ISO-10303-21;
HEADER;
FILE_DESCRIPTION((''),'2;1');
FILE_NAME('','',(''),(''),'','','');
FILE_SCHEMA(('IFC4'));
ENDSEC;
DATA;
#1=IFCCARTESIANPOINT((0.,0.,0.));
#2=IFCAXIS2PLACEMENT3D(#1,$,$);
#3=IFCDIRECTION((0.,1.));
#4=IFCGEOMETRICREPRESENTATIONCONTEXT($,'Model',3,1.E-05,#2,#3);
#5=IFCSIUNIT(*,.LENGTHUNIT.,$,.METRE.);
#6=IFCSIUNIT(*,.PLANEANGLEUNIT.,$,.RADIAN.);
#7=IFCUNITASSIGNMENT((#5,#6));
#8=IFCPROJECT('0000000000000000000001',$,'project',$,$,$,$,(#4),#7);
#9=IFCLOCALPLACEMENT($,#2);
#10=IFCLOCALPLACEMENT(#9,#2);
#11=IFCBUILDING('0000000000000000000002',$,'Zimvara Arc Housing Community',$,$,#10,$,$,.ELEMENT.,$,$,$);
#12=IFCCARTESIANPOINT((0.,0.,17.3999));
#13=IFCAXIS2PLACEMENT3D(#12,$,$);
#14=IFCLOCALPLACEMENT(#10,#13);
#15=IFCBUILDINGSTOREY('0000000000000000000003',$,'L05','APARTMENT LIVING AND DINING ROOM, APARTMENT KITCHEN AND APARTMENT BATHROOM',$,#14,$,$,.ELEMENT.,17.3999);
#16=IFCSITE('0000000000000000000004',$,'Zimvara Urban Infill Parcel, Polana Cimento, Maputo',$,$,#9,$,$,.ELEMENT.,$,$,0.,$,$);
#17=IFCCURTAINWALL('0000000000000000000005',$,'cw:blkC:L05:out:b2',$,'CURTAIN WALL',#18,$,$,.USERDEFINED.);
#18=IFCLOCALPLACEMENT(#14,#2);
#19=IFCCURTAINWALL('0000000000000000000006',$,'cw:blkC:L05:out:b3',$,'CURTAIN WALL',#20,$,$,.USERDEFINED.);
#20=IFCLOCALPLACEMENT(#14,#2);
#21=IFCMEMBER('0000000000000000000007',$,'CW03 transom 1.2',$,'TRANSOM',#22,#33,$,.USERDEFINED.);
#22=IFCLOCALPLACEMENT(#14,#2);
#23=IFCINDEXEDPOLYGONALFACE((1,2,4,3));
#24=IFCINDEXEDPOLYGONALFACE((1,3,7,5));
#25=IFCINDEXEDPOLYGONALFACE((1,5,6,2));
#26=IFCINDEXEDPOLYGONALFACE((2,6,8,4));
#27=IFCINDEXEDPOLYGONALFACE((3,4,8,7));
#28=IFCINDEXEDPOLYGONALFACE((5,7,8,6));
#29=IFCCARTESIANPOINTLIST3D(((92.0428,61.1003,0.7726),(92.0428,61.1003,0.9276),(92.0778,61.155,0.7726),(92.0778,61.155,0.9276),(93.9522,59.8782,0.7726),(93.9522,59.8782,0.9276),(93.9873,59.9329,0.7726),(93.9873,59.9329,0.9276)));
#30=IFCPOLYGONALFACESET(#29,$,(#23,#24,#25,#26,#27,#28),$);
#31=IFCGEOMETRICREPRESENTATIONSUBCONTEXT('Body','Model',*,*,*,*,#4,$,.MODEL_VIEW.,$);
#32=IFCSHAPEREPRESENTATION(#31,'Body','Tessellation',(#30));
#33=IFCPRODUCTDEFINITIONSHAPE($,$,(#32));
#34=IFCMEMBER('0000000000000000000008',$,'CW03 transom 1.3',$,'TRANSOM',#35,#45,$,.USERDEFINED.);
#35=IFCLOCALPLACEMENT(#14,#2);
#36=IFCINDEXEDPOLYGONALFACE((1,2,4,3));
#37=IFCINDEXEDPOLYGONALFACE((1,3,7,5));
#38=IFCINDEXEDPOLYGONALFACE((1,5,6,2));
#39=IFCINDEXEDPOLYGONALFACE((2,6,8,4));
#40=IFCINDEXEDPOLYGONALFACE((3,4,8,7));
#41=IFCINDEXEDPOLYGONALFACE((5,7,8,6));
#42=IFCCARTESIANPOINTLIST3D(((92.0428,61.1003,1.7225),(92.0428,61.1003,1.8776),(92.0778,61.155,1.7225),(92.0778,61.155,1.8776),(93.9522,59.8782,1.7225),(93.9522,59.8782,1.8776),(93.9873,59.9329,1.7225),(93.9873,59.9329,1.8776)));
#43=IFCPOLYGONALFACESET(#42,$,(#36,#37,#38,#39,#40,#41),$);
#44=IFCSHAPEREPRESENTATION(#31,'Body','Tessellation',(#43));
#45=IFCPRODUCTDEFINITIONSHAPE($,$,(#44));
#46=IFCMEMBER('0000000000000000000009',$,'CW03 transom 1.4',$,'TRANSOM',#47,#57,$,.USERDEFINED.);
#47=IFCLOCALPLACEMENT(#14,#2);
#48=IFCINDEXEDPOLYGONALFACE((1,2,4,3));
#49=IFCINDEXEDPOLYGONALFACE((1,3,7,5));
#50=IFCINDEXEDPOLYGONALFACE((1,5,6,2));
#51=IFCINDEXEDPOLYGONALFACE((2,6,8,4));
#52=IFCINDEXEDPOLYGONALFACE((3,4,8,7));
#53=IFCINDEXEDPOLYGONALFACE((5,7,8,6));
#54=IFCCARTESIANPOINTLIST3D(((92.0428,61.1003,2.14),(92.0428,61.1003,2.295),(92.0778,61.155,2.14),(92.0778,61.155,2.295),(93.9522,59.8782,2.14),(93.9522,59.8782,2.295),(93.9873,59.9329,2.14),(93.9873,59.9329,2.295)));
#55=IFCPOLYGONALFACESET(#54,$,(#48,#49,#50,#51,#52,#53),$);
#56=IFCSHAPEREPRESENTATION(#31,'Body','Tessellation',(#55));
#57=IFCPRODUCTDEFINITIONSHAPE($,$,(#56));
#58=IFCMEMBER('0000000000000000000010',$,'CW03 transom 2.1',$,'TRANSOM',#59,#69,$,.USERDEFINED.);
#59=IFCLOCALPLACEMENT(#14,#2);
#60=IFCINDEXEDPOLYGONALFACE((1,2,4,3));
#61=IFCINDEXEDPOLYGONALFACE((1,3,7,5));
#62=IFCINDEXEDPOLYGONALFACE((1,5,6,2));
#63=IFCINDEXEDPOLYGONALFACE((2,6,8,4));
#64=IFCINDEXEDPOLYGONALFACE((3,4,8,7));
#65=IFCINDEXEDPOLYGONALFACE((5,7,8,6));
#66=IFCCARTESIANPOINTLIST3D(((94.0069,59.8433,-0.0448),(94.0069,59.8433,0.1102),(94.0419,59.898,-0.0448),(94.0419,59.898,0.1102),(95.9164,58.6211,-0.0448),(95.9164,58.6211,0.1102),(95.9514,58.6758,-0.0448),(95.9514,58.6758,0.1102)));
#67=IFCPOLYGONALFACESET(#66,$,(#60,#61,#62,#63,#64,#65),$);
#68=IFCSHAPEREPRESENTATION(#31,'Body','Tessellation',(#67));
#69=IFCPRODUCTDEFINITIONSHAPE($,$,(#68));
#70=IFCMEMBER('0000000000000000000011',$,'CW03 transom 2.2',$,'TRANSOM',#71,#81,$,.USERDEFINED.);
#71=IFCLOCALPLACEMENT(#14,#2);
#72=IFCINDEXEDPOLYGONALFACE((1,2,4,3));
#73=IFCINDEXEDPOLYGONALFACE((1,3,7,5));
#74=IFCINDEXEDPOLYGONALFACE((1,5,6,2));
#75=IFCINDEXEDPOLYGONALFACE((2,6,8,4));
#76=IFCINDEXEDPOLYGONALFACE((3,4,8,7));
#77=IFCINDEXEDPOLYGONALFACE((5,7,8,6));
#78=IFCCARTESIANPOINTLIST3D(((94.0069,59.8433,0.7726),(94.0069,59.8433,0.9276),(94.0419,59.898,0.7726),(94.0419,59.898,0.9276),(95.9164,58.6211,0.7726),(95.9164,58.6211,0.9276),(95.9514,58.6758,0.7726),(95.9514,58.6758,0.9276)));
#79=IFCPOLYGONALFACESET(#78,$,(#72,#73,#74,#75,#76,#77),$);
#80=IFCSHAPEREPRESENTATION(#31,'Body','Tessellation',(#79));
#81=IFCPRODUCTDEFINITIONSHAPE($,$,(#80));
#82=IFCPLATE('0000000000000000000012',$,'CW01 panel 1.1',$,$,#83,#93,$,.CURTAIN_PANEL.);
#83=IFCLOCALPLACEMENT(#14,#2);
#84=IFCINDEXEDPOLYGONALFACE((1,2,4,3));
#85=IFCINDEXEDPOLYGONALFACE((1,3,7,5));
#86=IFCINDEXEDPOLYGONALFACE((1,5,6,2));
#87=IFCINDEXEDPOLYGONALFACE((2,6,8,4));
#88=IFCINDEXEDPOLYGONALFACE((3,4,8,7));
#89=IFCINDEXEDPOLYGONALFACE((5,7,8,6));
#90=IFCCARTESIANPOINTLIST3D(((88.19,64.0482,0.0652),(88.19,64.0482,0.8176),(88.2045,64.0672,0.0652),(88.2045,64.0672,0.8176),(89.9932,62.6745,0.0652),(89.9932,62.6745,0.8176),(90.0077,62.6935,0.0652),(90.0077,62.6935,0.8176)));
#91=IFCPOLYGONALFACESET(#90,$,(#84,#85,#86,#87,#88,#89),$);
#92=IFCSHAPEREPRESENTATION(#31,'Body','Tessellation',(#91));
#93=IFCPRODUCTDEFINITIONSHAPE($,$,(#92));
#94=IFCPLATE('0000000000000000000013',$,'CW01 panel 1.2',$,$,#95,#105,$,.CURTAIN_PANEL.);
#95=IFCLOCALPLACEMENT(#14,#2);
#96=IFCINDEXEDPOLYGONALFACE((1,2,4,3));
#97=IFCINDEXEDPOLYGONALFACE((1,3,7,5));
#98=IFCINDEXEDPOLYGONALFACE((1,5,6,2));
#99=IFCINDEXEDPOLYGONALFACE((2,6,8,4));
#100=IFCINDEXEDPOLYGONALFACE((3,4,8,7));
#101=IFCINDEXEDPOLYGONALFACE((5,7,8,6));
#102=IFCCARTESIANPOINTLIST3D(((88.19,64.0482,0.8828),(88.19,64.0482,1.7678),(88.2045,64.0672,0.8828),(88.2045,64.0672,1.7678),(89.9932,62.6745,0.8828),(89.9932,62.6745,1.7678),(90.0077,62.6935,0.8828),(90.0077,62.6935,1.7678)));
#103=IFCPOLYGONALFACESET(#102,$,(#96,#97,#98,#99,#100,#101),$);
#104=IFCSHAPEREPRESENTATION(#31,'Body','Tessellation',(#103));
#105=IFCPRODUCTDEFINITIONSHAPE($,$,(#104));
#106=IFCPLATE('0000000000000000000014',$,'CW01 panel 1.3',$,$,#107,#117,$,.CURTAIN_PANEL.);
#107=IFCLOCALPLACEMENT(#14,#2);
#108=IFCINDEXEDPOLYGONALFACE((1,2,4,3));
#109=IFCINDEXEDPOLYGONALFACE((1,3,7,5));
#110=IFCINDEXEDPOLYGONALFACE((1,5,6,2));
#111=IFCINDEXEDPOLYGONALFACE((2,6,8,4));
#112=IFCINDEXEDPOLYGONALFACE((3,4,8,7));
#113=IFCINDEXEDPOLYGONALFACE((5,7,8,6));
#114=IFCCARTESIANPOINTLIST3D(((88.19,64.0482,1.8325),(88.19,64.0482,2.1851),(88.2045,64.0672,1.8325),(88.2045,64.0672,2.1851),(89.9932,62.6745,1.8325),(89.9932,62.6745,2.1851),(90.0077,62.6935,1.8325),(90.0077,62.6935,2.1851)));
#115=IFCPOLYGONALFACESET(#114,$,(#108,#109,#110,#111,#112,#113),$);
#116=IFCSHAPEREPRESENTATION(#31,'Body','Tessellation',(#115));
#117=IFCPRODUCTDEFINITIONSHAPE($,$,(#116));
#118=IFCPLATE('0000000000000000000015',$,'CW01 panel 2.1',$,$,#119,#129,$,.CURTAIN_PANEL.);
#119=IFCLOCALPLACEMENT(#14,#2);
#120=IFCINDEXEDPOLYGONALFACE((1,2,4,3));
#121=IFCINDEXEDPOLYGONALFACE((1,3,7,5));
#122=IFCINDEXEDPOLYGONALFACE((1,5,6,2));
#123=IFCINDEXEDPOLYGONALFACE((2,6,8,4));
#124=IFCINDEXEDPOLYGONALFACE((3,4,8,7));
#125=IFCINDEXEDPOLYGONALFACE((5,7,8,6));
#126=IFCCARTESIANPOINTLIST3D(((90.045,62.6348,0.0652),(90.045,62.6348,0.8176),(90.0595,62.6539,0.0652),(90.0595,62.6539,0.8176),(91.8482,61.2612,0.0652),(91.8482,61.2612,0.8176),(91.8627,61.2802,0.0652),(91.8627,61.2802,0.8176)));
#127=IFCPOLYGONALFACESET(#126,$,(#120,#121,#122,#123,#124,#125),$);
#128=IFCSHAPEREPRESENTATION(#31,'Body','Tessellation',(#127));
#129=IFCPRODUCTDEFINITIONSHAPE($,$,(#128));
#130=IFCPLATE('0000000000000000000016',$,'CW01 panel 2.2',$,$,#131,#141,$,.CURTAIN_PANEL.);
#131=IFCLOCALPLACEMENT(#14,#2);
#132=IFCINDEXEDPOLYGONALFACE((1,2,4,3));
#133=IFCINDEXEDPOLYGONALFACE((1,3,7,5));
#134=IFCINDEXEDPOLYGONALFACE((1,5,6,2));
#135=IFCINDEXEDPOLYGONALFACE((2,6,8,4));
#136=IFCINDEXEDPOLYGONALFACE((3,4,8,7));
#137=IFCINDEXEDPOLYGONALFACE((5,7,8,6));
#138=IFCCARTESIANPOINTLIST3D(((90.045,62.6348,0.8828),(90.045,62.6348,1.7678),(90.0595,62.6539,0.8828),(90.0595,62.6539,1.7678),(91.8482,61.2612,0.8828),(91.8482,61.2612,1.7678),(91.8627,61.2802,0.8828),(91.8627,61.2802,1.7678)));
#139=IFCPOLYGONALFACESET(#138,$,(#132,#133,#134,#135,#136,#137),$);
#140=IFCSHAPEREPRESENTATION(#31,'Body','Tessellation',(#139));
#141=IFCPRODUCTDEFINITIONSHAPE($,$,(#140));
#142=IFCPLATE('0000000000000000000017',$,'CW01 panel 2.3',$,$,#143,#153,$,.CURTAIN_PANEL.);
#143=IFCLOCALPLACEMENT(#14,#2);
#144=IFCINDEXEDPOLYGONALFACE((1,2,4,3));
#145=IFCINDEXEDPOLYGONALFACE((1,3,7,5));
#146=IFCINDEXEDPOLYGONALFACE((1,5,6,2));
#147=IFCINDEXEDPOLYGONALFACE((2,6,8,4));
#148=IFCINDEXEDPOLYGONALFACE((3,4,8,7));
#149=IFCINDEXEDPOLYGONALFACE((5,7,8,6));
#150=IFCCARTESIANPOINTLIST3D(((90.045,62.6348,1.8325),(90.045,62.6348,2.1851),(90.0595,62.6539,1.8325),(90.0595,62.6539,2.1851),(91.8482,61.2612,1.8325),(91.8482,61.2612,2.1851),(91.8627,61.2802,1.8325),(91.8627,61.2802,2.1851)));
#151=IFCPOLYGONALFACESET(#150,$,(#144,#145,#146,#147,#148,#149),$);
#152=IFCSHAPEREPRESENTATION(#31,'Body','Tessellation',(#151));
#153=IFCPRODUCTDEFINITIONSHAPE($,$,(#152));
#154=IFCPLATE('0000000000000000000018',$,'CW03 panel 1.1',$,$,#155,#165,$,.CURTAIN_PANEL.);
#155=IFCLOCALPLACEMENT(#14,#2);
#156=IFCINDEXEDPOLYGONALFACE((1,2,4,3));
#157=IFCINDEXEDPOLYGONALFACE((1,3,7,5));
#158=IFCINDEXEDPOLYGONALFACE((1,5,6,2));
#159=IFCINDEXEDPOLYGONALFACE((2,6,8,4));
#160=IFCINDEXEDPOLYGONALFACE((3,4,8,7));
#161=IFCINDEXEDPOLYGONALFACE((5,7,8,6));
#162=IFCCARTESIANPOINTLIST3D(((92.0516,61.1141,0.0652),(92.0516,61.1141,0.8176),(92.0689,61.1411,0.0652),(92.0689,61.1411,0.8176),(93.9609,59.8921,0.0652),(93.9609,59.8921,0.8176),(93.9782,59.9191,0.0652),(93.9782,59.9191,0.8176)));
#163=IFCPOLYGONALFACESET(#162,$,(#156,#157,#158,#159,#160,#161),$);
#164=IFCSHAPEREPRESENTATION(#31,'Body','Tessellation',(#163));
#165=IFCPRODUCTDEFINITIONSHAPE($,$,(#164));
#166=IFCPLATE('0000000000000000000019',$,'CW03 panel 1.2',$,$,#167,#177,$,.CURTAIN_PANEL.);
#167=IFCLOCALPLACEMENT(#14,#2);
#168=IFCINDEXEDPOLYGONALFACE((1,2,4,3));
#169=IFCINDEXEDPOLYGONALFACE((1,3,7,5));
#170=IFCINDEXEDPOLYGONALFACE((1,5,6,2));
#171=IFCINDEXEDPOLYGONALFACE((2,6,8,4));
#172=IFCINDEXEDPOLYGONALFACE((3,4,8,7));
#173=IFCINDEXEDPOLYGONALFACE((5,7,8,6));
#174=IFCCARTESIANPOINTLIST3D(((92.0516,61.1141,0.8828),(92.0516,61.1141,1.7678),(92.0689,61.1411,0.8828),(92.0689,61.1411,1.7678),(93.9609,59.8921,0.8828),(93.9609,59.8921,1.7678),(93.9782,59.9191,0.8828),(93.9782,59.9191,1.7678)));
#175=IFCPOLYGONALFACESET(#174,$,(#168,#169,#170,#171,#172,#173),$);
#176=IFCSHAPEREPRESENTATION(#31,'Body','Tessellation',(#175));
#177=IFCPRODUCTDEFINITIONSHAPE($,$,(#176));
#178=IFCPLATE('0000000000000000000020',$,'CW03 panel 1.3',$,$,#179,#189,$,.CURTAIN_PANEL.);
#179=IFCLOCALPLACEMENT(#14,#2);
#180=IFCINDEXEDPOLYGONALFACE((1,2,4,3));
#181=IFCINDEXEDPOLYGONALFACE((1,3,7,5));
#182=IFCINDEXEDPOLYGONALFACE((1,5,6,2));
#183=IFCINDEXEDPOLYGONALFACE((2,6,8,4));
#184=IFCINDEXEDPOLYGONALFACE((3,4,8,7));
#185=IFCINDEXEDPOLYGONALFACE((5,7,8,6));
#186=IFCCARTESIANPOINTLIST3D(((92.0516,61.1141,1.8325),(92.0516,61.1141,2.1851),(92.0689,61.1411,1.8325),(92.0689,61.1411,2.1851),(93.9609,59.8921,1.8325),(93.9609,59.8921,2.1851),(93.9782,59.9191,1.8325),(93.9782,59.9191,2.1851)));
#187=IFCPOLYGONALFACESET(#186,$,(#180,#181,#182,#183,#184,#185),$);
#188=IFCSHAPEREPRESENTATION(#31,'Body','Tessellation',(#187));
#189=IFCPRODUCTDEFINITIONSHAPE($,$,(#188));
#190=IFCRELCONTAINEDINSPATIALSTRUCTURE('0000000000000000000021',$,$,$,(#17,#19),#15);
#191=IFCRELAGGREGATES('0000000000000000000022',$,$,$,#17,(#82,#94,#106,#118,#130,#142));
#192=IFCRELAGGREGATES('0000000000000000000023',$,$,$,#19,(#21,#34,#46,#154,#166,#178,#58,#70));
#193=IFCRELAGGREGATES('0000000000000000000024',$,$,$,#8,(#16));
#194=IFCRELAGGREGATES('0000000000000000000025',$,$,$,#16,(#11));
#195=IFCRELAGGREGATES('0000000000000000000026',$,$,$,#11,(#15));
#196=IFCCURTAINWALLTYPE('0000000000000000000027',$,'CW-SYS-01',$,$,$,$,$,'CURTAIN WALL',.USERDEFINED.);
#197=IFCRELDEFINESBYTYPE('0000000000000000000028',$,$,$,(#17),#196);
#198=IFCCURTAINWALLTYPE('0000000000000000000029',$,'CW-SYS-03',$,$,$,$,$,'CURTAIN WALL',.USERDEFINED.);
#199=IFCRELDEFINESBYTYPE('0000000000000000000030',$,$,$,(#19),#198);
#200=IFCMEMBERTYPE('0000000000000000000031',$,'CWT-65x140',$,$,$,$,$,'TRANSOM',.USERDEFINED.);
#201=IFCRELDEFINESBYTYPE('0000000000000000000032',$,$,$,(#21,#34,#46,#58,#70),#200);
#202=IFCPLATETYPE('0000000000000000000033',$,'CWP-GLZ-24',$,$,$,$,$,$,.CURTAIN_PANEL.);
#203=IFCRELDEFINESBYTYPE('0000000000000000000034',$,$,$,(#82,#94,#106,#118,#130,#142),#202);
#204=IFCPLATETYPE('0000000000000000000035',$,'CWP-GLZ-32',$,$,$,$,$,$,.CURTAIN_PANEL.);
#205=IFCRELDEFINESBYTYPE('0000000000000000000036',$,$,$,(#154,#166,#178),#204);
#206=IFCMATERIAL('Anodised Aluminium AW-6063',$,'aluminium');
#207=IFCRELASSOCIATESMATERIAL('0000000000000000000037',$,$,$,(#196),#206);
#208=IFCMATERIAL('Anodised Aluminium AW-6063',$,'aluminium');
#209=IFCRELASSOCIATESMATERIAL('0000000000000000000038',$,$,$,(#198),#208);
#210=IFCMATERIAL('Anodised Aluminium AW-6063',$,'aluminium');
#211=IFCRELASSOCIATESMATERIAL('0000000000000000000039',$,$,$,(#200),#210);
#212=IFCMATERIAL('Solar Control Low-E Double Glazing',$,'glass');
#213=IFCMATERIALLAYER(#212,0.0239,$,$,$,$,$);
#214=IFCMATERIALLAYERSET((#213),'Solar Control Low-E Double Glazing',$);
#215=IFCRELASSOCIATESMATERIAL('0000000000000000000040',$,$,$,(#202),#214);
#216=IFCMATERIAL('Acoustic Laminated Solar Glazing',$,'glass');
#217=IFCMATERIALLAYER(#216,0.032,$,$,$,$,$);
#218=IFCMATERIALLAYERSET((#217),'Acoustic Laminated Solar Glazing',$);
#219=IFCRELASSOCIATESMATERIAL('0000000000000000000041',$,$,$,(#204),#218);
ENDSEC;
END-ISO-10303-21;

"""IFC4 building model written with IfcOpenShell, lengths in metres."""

from ifc_helpers import new_model, si_unit, direction, frame, origin, origin_2d, place, context, subcontext, project, spatial, rectangle, extrude, material, layer, layer_set, material_profile, profile_set, type_object, element, aggregate, save


model = new_model("IFC4")

# Units and contexts
model_context = context("Model", 3, precision=1e-05, world=origin(), true_north=direction((0.0, 1.0)))
body_context = subcontext(model_context, "Body", "Model", "MODEL_VIEW")
ifc_project = project(units=[si_unit("LENGTHUNIT", "METRE"), si_unit("PLANEANGLEUNIT", "RADIAN")], contexts=[model_context])

# Site, building, storey
site_placement = place(None, origin())
site = spatial("IfcSite", under=ifc_project, at=site_placement, Name="Zimvara Urban Infill Parcel, Polana Cimento, Maputo", CompositionType="ELEMENT", RefElevation=0.0)
building_placement = place(site_placement, origin())
building = spatial("IfcBuilding", under=site, at=building_placement, Name="Zimvara Arc Housing Community", CompositionType="ELEMENT")
storey_placement = place(building_placement, frame((0.0, 0.0, 17.3999)))
storey = spatial("IfcBuildingStorey", under=building, at=storey_placement, Name="L05", Description="APARTMENT LIVING AND DINING ROOM, APARTMENT KITCHEN AND APARTMENT BATHROOM", CompositionType="ELEMENT", Elevation=17.3999)

# Curtain walls
ifc_material_1 = material(Name="Anodised Aluminium AW-6063", Category="aluminium")
curtain_wall_type_1 = type_object("IfcCurtainWallType", Name="CW-SYS-01", ElementType="CURTAIN WALL", PredefinedType="USERDEFINED", material=ifc_material_1)
curtain_wall_1_placement = place(storey_placement, origin())
curtain_wall_1 = element("IfcCurtainWall", 1, at=curtain_wall_1_placement, inside=storey, type_object=curtain_wall_type_1, Name="cw:blkC:L05:out:b2", ObjectType="CURTAIN WALL", PredefinedType="USERDEFINED")
ifc_material_2 = material(Name="Anodised Aluminium AW-6063", Category="aluminium")
curtain_wall_type_2 = type_object("IfcCurtainWallType", Name="CW-SYS-03", ElementType="CURTAIN WALL", PredefinedType="USERDEFINED", material=ifc_material_2)
curtain_wall_2_placement = place(storey_placement, origin())
curtain_wall_2 = element("IfcCurtainWall", 2, at=curtain_wall_2_placement, inside=storey, type_object=curtain_wall_type_2, Name="cw:blkC:L05:out:b3", ObjectType="CURTAIN WALL", PredefinedType="USERDEFINED")

# Members
ifc_material_3 = material(Name="Anodised Aluminium AW-6063", Category="aluminium")
ifc_material_profile_1 = material_profile(ifc_material_3, rectangle(XDim=0.0649, YDim=0.155, at=origin_2d()), Name="ALU 65x155")
ifc_profile_set_1 = profile_set([ifc_material_profile_1], Name="Anodised Aluminium AW-6063")
member_type_1 = type_object("IfcMemberType", Name="CWT-65x140", ElementType="TRANSOM", PredefinedType="USERDEFINED", material=ifc_profile_set_1)
member_1_placement = place(storey_placement, frame((92.0603, 61.1277, 0.8501), z_axis=(0.842244, -0.539096, 0.0), x_axis=(0.539096, 0.842244, 0.0)))
member_1 = element("IfcMember", 3, at=member_1_placement, type_object=member_type_1, Name="CW03 transom 1.2", ObjectType="TRANSOM", PredefinedType="USERDEFINED", context=body_context, shape_type="SweptSolid", body=[
    extrude(rectangle(XDim=0.0649, YDim=0.155, at=origin_2d()), origin(), (0.0, 0.0, 1.0), 2.2671),
])
member_2_placement = place(storey_placement, frame((92.0603, 61.1277, 1.8), z_axis=(0.842244, -0.539096, 0.0), x_axis=(0.539096, 0.842244, 0.0)))
member_2 = element("IfcMember", 4, at=member_2_placement, type_object=member_type_1, Name="CW03 transom 1.3", ObjectType="TRANSOM", PredefinedType="USERDEFINED", context=body_context, shape_type="SweptSolid", body=[
    extrude(rectangle(XDim=0.0649, YDim=0.155, at=origin_2d()), origin(), (0.0, 0.0, 1.0), 2.2671),
])
member_3_placement = place(storey_placement, frame((92.0603, 61.1277, 2.2175), z_axis=(0.842244, -0.539096, 0.0), x_axis=(0.539096, 0.842244, 0.0)))
member_3 = element("IfcMember", 5, at=member_3_placement, type_object=member_type_1, Name="CW03 transom 1.4", ObjectType="TRANSOM", PredefinedType="USERDEFINED", context=body_context, shape_type="SweptSolid", body=[
    extrude(rectangle(XDim=0.0649, YDim=0.155, at=origin_2d()), origin(), (0.0, 0.0, 1.0), 2.2671),
])
member_4_placement = place(storey_placement, frame((94.0244, 59.8706, 0.0327), z_axis=(0.842244, -0.539096, 0.0), x_axis=(0.539096, 0.842244, 0.0)))
member_4 = element("IfcMember", 6, at=member_4_placement, type_object=member_type_1, Name="CW03 transom 2.1", ObjectType="TRANSOM", PredefinedType="USERDEFINED", context=body_context, shape_type="SweptSolid", body=[
    extrude(rectangle(XDim=0.0649, YDim=0.155, at=origin_2d()), origin(), (0.0, 0.0, 1.0), 2.2671),
])
member_5_placement = place(storey_placement, frame((94.0244, 59.8706, 0.8501), z_axis=(0.842244, -0.539096, 0.0), x_axis=(0.539096, 0.842244, 0.0)))
member_5 = element("IfcMember", 7, at=member_5_placement, type_object=member_type_1, Name="CW03 transom 2.2", ObjectType="TRANSOM", PredefinedType="USERDEFINED", context=body_context, shape_type="SweptSolid", body=[
    extrude(rectangle(XDim=0.0649, YDim=0.155, at=origin_2d()), origin(), (0.0, 0.0, 1.0), 2.2671),
])

# Plates
ifc_material_4 = material(Name="Solar Control Low-E Double Glazing", Category="glass")
ifc_layer_1 = layer(ifc_material_4, 0.0239)
ifc_layer_set_1 = layer_set([ifc_layer_1], Name="Solar Control Low-E Double Glazing")
plate_type_1 = type_object("IfcPlateType", Name="CWP-GLZ-24", PredefinedType="CURTAIN_PANEL", material=ifc_layer_set_1)
plate_1_placement = place(storey_placement, frame((89.0989, 63.3708, 0.0652), z_axis=(0.0, 0.0, 1.0), x_axis=(0.795474, -0.605988, 0.0)))
plate_1 = element("IfcPlate", 8, at=plate_1_placement, type_object=plate_type_1, Name="CW01 panel 1.1", PredefinedType="CURTAIN_PANEL", context=body_context, shape_type="SweptSolid", body=[
    extrude(rectangle(XDim=2.2668, YDim=0.0239, at=origin_2d()), origin(), (0.0, 0.0, 1.0), 0.7524),
])
plate_2_placement = place(storey_placement, frame((89.0989, 63.3708, 0.8828), z_axis=(0.0, 0.0, 1.0), x_axis=(0.795474, -0.605988, 0.0)))
plate_2 = element("IfcPlate", 9, at=plate_2_placement, type_object=plate_type_1, Name="CW01 panel 1.2", PredefinedType="CURTAIN_PANEL", context=body_context, shape_type="SweptSolid", body=[
    extrude(rectangle(XDim=2.2668, YDim=0.0239, at=origin_2d()), origin(), (0.0, 0.0, 1.0), 0.885),
])
plate_3_placement = place(storey_placement, frame((89.0989, 63.3708, 1.8325), z_axis=(0.0, 0.0, 1.0), x_axis=(0.795474, -0.605988, 0.0)))
plate_3 = element("IfcPlate", 10, at=plate_3_placement, type_object=plate_type_1, Name="CW01 panel 1.3", PredefinedType="CURTAIN_PANEL", context=body_context, shape_type="SweptSolid", body=[
    extrude(rectangle(XDim=2.2668, YDim=0.0239, at=origin_2d()), origin(), (0.0, 0.0, 1.0), 0.3525),
])
plate_4_placement = place(storey_placement, frame((90.9539, 61.9575, 0.0652), z_axis=(0.0, 0.0, 1.0), x_axis=(0.795474, -0.605988, 0.0)))
plate_4 = element("IfcPlate", 11, at=plate_4_placement, type_object=plate_type_1, Name="CW01 panel 2.1", PredefinedType="CURTAIN_PANEL", context=body_context, shape_type="SweptSolid", body=[
    extrude(rectangle(XDim=2.2668, YDim=0.0239, at=origin_2d()), origin(), (0.0, 0.0, 1.0), 0.7524),
])
plate_5_placement = place(storey_placement, frame((90.9539, 61.9575, 0.8828), z_axis=(0.0, 0.0, 1.0), x_axis=(0.795474, -0.605988, 0.0)))
plate_5 = element("IfcPlate", 12, at=plate_5_placement, type_object=plate_type_1, Name="CW01 panel 2.2", PredefinedType="CURTAIN_PANEL", context=body_context, shape_type="SweptSolid", body=[
    extrude(rectangle(XDim=2.2668, YDim=0.0239, at=origin_2d()), origin(), (0.0, 0.0, 1.0), 0.885),
])
plate_6_placement = place(storey_placement, frame((90.9539, 61.9575, 1.8325), z_axis=(0.0, 0.0, 1.0), x_axis=(0.795474, -0.605988, 0.0)))
plate_6 = element("IfcPlate", 13, at=plate_6_placement, type_object=plate_type_1, Name="CW01 panel 2.3", PredefinedType="CURTAIN_PANEL", context=body_context, shape_type="SweptSolid", body=[
    extrude(rectangle(XDim=2.2668, YDim=0.0239, at=origin_2d()), origin(), (0.0, 0.0, 1.0), 0.3525),
])
aggregate(curtain_wall_1, [plate_1, plate_2, plate_3, plate_4, plate_5, plate_6])
ifc_material_5 = material(Name="Acoustic Laminated Solar Glazing", Category="glass")
ifc_layer_2 = layer(ifc_material_5, 0.032)
ifc_layer_set_2 = layer_set([ifc_layer_2], Name="Acoustic Laminated Solar Glazing")
plate_type_2 = type_object("IfcPlateType", Name="CWP-GLZ-32", PredefinedType="CURTAIN_PANEL", material=ifc_layer_set_2)
plate_7_placement = place(storey_placement, frame((93.0149, 60.5166, 0.0652), z_axis=(0.0, 0.0, 1.0), x_axis=(0.842264, -0.539065, 0.0)))
plate_7 = element("IfcPlate", 14, at=plate_7_placement, type_object=plate_type_2, Name="CW03 panel 1.1", PredefinedType="CURTAIN_PANEL", context=body_context, shape_type="SweptSolid", body=[
    extrude(rectangle(XDim=2.2668, YDim=0.032, at=origin_2d()), origin(), (0.0, 0.0, 1.0), 0.7524),
])
plate_8_placement = place(storey_placement, frame((93.0149, 60.5166, 0.8828), z_axis=(0.0, 0.0, 1.0), x_axis=(0.842264, -0.539065, 0.0)))
plate_8 = element("IfcPlate", 15, at=plate_8_placement, type_object=plate_type_2, Name="CW03 panel 1.2", PredefinedType="CURTAIN_PANEL", context=body_context, shape_type="SweptSolid", body=[
    extrude(rectangle(XDim=2.2668, YDim=0.032, at=origin_2d()), origin(), (0.0, 0.0, 1.0), 0.885),
])
plate_9_placement = place(storey_placement, frame((93.0149, 60.5166, 1.8325), z_axis=(0.0, 0.0, 1.0), x_axis=(0.842264, -0.539065, 0.0)))
plate_9 = element("IfcPlate", 16, at=plate_9_placement, type_object=plate_type_2, Name="CW03 panel 1.3", PredefinedType="CURTAIN_PANEL", context=body_context, shape_type="SweptSolid", body=[
    extrude(rectangle(XDim=2.2668, YDim=0.032, at=origin_2d()), origin(), (0.0, 0.0, 1.0), 0.3525),
])
aggregate(curtain_wall_2, [member_1, member_2, member_3, plate_7, plate_8, plate_9, member_4, member_5])

save(model, "model.ifc")
